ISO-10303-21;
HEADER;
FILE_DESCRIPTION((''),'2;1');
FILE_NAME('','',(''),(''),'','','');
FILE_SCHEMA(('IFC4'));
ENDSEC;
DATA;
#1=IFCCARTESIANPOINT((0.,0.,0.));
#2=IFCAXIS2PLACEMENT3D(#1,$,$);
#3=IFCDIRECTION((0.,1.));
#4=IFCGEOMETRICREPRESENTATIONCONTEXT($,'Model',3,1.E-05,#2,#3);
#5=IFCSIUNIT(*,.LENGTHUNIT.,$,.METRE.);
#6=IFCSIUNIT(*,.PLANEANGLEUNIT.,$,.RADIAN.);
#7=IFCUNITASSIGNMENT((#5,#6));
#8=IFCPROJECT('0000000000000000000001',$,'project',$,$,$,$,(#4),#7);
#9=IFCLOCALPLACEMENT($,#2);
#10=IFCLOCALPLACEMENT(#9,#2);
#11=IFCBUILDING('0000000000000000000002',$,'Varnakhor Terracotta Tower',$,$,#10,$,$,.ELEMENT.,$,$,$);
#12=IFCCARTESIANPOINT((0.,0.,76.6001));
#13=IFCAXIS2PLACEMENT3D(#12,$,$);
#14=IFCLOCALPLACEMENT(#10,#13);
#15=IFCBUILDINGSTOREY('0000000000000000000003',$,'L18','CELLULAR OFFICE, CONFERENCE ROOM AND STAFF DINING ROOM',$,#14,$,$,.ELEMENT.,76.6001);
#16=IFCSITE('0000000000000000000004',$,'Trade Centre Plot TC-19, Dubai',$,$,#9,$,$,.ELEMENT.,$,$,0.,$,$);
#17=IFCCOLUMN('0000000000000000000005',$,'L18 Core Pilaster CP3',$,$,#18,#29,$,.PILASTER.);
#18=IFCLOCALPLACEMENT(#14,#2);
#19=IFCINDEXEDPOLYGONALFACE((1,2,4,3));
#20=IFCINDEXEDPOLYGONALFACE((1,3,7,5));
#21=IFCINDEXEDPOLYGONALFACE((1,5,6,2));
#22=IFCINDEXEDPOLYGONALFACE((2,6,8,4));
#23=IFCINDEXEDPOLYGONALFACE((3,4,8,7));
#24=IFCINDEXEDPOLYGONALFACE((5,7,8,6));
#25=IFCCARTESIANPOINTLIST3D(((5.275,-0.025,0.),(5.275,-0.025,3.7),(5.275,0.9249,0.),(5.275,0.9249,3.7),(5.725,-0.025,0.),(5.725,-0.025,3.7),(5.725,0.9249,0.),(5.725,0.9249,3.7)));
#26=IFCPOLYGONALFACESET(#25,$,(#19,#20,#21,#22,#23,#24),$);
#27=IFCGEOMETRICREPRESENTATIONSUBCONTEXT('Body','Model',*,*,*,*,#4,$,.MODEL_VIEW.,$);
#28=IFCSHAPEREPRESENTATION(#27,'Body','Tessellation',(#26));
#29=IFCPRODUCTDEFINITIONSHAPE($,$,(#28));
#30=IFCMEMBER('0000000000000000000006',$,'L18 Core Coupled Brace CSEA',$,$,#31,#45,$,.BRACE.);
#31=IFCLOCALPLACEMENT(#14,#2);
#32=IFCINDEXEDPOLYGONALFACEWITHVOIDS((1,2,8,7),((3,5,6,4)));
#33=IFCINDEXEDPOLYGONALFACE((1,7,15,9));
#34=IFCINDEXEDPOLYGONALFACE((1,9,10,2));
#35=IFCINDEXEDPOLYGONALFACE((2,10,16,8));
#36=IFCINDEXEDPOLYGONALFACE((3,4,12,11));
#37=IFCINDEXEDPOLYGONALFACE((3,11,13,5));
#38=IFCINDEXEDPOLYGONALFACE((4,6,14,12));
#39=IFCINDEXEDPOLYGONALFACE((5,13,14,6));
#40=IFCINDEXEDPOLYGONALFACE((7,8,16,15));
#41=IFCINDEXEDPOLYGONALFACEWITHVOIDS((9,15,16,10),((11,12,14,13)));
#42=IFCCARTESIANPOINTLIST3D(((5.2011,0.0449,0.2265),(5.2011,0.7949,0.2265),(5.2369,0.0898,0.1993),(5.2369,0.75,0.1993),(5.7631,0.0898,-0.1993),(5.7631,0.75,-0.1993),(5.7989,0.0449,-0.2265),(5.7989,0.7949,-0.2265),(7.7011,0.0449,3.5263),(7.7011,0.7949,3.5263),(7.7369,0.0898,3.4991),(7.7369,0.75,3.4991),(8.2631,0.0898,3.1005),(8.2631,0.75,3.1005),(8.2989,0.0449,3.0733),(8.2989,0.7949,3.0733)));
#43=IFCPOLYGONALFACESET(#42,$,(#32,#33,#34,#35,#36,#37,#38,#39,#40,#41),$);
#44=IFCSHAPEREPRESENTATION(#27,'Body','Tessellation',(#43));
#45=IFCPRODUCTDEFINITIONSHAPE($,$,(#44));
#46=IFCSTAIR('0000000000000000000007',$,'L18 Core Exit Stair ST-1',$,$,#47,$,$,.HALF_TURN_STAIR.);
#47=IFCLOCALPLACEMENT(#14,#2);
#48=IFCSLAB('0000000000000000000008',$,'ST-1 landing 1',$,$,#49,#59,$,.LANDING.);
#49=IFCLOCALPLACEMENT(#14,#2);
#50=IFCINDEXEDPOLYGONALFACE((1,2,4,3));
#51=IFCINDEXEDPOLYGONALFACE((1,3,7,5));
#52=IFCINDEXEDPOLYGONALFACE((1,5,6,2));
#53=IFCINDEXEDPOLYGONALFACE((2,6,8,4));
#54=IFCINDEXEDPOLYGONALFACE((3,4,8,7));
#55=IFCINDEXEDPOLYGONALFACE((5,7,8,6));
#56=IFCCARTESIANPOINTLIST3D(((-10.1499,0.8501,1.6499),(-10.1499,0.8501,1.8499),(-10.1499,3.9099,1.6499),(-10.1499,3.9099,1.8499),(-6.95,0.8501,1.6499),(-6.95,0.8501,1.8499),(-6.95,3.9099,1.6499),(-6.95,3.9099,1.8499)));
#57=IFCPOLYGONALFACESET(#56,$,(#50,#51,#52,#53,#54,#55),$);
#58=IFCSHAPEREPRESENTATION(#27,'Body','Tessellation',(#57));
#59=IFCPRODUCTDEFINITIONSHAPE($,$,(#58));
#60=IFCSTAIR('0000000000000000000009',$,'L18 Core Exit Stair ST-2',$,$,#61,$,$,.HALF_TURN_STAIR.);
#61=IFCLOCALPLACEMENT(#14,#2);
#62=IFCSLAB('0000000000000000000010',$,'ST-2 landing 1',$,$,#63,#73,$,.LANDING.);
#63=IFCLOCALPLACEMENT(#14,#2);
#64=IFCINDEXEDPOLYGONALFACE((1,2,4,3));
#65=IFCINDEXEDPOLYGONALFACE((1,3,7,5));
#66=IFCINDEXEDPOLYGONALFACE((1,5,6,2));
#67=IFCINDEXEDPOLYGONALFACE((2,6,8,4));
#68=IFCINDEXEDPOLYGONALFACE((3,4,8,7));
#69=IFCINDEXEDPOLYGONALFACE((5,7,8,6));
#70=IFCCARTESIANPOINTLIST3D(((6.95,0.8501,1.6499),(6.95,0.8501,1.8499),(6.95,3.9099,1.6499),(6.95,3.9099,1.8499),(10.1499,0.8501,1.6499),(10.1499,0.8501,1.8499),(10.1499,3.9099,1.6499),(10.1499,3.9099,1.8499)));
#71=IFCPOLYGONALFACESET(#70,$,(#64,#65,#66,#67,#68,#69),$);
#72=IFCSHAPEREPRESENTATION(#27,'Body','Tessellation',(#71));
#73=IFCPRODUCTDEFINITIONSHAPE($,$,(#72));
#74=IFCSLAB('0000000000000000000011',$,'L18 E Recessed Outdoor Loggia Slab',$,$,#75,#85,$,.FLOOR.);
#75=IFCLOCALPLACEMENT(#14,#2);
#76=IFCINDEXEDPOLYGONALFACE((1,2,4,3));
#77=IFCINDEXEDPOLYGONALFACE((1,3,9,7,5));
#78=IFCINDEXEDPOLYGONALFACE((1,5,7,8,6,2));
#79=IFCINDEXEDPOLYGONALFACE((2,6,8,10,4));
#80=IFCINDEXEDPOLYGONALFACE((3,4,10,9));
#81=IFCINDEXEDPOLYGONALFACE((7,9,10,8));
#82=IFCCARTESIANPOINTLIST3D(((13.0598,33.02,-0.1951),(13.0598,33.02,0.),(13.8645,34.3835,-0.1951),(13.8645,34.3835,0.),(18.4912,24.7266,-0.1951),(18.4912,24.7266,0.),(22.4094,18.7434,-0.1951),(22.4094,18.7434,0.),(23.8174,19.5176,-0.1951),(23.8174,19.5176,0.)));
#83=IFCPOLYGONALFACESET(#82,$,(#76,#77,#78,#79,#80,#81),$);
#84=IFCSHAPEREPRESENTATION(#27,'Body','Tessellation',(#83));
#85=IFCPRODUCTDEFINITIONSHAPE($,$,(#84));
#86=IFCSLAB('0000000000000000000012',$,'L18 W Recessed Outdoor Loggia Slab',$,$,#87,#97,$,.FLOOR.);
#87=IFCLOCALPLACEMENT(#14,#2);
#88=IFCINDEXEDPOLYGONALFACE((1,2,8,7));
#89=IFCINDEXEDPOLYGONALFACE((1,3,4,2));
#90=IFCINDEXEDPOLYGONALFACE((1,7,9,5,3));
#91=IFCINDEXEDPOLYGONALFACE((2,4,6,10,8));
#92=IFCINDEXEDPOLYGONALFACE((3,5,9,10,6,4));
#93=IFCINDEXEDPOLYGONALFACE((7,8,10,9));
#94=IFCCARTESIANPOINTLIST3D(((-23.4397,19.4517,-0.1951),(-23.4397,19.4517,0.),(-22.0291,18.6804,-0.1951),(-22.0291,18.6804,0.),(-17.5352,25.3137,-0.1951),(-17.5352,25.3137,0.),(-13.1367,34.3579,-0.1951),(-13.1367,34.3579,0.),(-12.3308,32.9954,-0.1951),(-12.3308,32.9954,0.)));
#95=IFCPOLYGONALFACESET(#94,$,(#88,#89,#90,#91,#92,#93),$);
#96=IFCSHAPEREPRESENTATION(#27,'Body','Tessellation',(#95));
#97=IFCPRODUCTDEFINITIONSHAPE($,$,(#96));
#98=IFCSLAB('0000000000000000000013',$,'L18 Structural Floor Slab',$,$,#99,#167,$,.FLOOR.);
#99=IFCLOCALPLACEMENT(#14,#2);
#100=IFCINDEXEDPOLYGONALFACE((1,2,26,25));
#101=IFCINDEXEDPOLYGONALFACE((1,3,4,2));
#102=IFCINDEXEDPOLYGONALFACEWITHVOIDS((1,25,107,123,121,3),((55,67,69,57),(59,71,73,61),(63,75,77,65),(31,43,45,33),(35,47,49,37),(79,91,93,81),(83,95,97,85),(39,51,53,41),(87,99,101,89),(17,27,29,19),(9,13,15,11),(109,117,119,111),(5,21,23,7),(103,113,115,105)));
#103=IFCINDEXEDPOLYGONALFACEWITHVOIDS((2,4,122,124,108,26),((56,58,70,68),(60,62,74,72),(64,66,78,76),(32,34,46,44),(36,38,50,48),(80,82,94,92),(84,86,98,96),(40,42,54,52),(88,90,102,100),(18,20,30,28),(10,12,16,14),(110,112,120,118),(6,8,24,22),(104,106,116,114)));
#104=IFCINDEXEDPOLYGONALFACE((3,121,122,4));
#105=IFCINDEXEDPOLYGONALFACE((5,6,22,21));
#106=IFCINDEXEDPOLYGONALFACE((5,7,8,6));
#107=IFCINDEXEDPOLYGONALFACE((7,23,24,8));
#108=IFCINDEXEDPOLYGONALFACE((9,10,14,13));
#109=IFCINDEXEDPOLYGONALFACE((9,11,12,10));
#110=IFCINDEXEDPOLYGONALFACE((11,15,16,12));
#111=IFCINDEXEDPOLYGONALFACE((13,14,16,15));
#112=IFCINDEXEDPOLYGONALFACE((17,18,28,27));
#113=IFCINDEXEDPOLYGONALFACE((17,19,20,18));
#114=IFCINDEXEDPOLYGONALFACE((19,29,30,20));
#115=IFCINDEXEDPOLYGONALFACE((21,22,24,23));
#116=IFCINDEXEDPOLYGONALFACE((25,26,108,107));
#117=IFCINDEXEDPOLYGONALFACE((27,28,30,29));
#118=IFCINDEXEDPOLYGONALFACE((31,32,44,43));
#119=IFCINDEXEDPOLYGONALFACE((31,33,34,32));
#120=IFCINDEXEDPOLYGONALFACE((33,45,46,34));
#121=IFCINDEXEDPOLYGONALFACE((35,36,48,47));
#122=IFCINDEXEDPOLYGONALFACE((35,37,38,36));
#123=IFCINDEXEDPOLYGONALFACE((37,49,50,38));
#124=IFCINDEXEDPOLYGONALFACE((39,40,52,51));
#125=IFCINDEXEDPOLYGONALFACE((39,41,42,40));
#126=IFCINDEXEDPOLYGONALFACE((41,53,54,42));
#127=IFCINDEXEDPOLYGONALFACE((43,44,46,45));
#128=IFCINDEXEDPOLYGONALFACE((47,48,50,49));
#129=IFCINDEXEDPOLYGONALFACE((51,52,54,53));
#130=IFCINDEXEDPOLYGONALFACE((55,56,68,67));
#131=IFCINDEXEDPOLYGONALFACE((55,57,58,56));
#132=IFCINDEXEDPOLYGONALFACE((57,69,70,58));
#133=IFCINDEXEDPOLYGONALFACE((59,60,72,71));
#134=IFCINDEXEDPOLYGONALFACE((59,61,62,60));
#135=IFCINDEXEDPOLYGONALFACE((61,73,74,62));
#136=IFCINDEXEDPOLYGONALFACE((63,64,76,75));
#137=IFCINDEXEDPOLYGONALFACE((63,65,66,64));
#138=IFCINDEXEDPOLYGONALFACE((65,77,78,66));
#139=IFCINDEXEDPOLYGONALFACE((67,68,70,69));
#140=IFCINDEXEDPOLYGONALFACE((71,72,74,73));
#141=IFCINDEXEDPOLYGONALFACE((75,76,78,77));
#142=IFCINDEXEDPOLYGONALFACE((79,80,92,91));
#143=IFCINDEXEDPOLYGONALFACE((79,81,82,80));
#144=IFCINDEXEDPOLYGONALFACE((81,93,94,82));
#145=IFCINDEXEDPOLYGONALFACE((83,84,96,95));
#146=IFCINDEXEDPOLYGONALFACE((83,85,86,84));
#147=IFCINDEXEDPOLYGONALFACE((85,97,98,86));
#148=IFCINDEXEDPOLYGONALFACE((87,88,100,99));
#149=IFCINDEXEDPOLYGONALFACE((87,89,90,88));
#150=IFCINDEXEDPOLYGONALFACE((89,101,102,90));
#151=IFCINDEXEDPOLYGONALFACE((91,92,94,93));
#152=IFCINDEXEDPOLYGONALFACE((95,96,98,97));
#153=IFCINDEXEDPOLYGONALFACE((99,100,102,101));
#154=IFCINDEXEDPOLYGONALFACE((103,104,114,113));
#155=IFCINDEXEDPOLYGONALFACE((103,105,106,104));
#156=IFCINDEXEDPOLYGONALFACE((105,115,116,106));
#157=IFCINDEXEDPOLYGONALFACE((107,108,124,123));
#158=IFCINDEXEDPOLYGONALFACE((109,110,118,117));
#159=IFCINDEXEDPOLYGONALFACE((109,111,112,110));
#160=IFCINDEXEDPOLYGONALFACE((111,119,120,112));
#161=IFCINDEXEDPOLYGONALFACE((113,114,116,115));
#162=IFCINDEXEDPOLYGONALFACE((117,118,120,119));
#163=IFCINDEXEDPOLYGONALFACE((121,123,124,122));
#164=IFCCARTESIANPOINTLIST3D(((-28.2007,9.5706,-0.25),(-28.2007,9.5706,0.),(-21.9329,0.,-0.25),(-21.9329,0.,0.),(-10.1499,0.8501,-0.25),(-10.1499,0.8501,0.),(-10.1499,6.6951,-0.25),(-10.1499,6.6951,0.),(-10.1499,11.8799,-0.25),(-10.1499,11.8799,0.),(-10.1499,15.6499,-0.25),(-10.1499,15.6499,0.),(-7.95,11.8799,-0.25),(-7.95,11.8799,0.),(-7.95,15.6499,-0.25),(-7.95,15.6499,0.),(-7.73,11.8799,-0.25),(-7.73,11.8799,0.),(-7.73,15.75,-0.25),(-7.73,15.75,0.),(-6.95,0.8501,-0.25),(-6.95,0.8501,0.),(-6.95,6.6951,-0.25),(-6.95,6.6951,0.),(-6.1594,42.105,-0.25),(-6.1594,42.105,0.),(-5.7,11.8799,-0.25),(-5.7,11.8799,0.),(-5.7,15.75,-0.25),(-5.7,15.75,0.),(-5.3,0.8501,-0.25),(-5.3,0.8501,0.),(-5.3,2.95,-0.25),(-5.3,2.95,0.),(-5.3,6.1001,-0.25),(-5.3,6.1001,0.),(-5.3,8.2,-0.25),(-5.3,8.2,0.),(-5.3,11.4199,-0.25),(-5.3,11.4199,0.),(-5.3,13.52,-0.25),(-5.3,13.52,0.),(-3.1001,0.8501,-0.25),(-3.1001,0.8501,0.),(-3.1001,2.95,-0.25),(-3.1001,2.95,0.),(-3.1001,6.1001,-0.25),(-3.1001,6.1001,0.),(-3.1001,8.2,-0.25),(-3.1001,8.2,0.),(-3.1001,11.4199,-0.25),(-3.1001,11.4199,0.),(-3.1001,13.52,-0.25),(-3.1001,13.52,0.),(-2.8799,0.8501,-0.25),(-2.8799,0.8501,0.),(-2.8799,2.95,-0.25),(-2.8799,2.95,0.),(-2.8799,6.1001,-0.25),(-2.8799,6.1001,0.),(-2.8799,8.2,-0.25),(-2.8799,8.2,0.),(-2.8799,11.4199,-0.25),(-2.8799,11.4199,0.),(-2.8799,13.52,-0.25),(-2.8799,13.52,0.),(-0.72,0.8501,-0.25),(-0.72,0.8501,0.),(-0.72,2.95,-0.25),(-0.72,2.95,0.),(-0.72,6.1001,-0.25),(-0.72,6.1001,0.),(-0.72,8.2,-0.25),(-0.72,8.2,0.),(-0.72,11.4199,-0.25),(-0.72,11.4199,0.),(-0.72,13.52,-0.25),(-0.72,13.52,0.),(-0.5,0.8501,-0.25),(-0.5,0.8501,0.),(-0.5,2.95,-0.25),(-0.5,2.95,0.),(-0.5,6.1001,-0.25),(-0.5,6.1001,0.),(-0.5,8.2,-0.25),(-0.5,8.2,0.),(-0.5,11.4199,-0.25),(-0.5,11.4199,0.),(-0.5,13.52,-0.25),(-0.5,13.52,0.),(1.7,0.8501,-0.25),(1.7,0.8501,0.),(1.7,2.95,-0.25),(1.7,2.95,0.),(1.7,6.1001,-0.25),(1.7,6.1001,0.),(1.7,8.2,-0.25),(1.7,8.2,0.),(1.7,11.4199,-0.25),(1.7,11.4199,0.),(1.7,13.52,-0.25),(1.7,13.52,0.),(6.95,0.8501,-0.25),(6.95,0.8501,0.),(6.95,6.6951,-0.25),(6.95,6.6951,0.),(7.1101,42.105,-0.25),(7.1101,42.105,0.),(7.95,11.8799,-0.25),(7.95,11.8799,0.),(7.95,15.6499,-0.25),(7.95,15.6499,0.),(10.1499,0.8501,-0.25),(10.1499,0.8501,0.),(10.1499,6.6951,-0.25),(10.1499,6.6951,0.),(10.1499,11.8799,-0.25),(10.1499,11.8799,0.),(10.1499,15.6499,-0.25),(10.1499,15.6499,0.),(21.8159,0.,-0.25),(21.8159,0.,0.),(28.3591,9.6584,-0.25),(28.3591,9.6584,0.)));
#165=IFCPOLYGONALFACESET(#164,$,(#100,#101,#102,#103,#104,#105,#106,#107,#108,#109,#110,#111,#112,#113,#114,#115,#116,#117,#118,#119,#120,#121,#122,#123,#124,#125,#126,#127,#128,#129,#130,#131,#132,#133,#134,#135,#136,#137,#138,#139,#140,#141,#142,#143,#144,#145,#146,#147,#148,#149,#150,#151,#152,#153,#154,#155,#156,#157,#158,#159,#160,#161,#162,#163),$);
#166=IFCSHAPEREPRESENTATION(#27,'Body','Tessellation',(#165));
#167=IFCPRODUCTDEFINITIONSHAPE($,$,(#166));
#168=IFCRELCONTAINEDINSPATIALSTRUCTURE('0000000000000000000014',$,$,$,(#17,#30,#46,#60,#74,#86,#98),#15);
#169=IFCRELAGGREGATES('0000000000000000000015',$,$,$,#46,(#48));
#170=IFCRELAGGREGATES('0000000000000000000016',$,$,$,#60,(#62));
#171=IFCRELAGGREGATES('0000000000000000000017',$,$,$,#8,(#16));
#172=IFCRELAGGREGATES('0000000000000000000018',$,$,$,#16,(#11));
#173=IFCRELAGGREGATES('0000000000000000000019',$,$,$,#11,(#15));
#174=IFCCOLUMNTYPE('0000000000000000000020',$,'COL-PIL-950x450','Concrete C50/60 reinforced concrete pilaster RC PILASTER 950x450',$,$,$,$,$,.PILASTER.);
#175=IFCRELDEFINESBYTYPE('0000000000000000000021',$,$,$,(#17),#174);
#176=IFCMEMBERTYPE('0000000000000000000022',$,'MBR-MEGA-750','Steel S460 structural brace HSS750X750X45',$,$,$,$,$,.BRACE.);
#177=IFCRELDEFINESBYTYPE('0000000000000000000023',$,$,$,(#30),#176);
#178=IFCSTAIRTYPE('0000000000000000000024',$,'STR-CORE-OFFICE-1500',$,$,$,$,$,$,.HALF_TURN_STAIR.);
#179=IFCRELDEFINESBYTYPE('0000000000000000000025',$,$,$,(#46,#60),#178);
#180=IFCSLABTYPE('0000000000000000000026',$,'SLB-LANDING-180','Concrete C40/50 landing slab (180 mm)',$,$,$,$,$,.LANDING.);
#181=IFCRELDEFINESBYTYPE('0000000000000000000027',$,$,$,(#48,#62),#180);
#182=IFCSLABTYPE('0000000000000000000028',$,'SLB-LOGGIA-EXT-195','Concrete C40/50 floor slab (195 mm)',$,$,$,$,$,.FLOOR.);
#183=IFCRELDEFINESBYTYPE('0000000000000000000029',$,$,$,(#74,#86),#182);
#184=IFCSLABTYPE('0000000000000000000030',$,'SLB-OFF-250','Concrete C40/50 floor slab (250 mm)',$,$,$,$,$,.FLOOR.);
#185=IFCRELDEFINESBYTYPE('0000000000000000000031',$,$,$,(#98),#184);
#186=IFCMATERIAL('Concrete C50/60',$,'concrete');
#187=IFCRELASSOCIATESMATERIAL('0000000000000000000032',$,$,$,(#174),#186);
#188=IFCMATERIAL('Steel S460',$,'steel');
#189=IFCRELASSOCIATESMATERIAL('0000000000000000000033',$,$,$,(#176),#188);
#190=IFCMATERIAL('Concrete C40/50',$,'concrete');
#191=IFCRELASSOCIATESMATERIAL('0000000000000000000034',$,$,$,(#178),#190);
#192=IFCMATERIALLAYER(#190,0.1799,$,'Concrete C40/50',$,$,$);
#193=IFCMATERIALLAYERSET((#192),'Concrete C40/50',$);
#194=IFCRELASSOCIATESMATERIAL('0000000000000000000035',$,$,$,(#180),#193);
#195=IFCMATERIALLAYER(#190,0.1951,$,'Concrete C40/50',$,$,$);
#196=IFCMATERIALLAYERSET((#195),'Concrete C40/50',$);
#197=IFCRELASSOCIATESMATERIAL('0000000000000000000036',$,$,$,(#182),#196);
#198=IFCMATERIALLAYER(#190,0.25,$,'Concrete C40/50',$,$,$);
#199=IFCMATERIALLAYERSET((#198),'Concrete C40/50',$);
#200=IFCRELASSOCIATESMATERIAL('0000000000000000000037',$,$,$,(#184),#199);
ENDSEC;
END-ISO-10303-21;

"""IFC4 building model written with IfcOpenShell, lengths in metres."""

from ifc_helpers import new_model, si_unit, direction, frame, origin, origin_2d, place, context, subcontext, project, spatial, polyline, rectangle, hollow_rectangle, outline, extrude, source, transform, mapped, material, layer, layer_set, material_profile, profile_set, type_object, element, aggregate, save


model = new_model("IFC4")

# Units and contexts
model_context = context("Model", 3, precision=1e-05, world=origin(), true_north=direction((0.0, 1.0)))
body_context = subcontext(model_context, "Body", "Model", "MODEL_VIEW")
ifc_project = project(units=[si_unit("LENGTHUNIT", "METRE"), si_unit("PLANEANGLEUNIT", "RADIAN")], contexts=[model_context])

# Site, building, storey
site_placement = place(None, origin())
site = spatial("IfcSite", under=ifc_project, at=site_placement, Name="Trade Centre Plot TC-19, Dubai", CompositionType="ELEMENT", RefElevation=0.0)
building_placement = place(site_placement, origin())
building = spatial("IfcBuilding", under=site, at=building_placement, Name="Varnakhor Terracotta Tower", CompositionType="ELEMENT")
storey_placement = place(building_placement, frame((0.0, 0.0, 76.6001)))
storey = spatial("IfcBuildingStorey", under=building, at=storey_placement, Name="L18", Description="CELLULAR OFFICE, CONFERENCE ROOM AND STAFF DINING ROOM", CompositionType="ELEMENT", Elevation=76.6001)

# Column
ifc_material_1 = material(Name="Concrete C50/60", Category="concrete")
ifc_material_profile_1 = material_profile(ifc_material_1, rectangle(XDim=0.45, YDim=0.95, at=origin_2d()), Name="RC PILASTER 950x450")
ifc_profile_set_1 = profile_set([ifc_material_profile_1], Name="Concrete C50/60")
column_type = type_object("IfcColumnType", Name="COL-PIL-950x450", Description="Concrete C50/60 reinforced concrete pilaster RC PILASTER 950x450", PredefinedType="PILASTER", material=ifc_profile_set_1)
shared_shape_1 = source(origin(), body_context, "Body", "SweptSolid", [
    extrude(rectangle(XDim=0.45, YDim=0.95, at=origin_2d()), origin(), (0.0, 0.0, 1.0), 3.7),
])
column_placement = place(storey_placement, frame((5.5, 0.45, 0.0), z_axis=(0.0, 0.0, 1.0), x_axis=(1.0, 0.0, 0.0)))
element("IfcColumn", 1, at=column_placement, inside=storey, type_object=column_type, Name="L18 Core Pilaster CP3", PredefinedType="PILASTER", context=body_context, shape_type="MappedRepresentation", body=[
    mapped(shared_shape_1, transform((0.0, 0.0, 0.0), scale=1.0)),
])

# Member
ifc_material_2 = material(Name="Steel S460", Category="steel")
ifc_material_profile_2 = material_profile(ifc_material_2, hollow_rectangle(XDim=0.75, YDim=0.75, WallThickness=0.0449, at=origin_2d()), Name="HSS750X750X45")
ifc_profile_set_2 = profile_set([ifc_material_profile_2], Name="Steel S460")
member_type = type_object("IfcMemberType", Name="MBR-MEGA-750", Description="Steel S460 structural brace HSS750X750X45", PredefinedType="BRACE", material=ifc_profile_set_2)
shared_shape_2 = source(origin(), body_context, "Body", "SweptSolid", [
    extrude(hollow_rectangle(XDim=0.75, YDim=0.75, WallThickness=0.0449, at=origin_2d()), origin(), (0.0, 0.0, 1.0), 4.1399),
])
member_placement = place(storey_placement, frame((5.5, 0.4199, 0.0), z_axis=(0.60388, 0.0, 0.797075), x_axis=(0.0, 1.0, 0.0)))
element("IfcMember", 2, at=member_placement, inside=storey, type_object=member_type, Name="L18 Core Coupled Brace CSEA", PredefinedType="BRACE", context=body_context, shape_type="MappedRepresentation", body=[
    mapped(shared_shape_2, transform((0.0, 0.0, 0.0), scale=1.0)),
])

# Stairs, slabs
ifc_material_3 = material(Name="Concrete C40/50", Category="concrete")
stair_type = type_object("IfcStairType", Name="STR-CORE-OFFICE-1500", PredefinedType="HALF_TURN_STAIR", material=ifc_material_3)
stair_1_placement = place(storey_placement, origin())
stair_1 = element("IfcStair", 3, at=stair_1_placement, inside=storey, type_object=stair_type, Name="L18 Core Exit Stair ST-1", PredefinedType="HALF_TURN_STAIR")
ifc_layer_1 = layer(ifc_material_3, 0.1799, Name="Concrete C40/50")
ifc_layer_set_1 = layer_set([ifc_layer_1], Name="Concrete C40/50")
slab_type_1 = type_object("IfcSlabType", Name="SLB-LANDING-180", Description="Concrete C40/50 landing slab (180 mm)", PredefinedType="LANDING", material=ifc_layer_set_1)
slab_1_placement = place(storey_placement, frame((0.0, 0.0, 1.6499)))
slab_1 = element("IfcSlab", 4, at=slab_1_placement, type_object=slab_type_1, Name="ST-1 landing 1", PredefinedType="LANDING", context=body_context, shape_type="SweptSolid", body=[
    extrude(outline(polyline([(-10.1499, 3.9099), (-10.1499, 0.8501), (-6.95, 0.8501), (-6.95, 3.9099), (-10.1499, 3.9099)])), origin(), (0.0, 0.0, 1.0), 0.2),
])
aggregate(stair_1, [slab_1])
stair_2_placement = place(storey_placement, origin())
stair_2 = element("IfcStair", 5, at=stair_2_placement, inside=storey, type_object=stair_type, Name="L18 Core Exit Stair ST-2", PredefinedType="HALF_TURN_STAIR")
slab_2_placement = place(storey_placement, frame((0.0, 0.0, 1.6499)))
slab_2 = element("IfcSlab", 6, at=slab_2_placement, type_object=slab_type_1, Name="ST-2 landing 1", PredefinedType="LANDING", context=body_context, shape_type="SweptSolid", body=[
    extrude(outline(polyline([(6.95, 3.9099), (6.95, 0.8501), (10.1499, 0.8501), (10.1499, 3.9099), (6.95, 3.9099)])), origin(), (0.0, 0.0, 1.0), 0.2),
])
aggregate(stair_2, [slab_2])

# Slabs
ifc_layer_2 = layer(ifc_material_3, 0.1951, Name="Concrete C40/50")
ifc_layer_set_2 = layer_set([ifc_layer_2], Name="Concrete C40/50")
slab_type_2 = type_object("IfcSlabType", Name="SLB-LOGGIA-EXT-195", Description="Concrete C40/50 floor slab (195 mm)", PredefinedType="FLOOR", material=ifc_layer_set_2)
slab_3_placement = place(storey_placement, frame((0.0, 0.0, -0.1951)))
element("IfcSlab", 7, at=slab_3_placement, inside=storey, type_object=slab_type_2, Name="L18 E Recessed Outdoor Loggia Slab", PredefinedType="FLOOR", context=body_context, shape_type="SweptSolid", body=[
    extrude(outline(polyline([(13.8645, 34.3835), (23.8174, 19.5176), (22.4094, 18.7434), (18.4912, 24.7266), (13.0598, 33.02), (13.8645, 34.3835)])), origin(), (0.0, 0.0, 1.0), 0.1951),
])
slab_4_placement = place(storey_placement, frame((0.0, 0.0, -0.1951)))
element("IfcSlab", 8, at=slab_4_placement, inside=storey, type_object=slab_type_2, Name="L18 W Recessed Outdoor Loggia Slab", PredefinedType="FLOOR", context=body_context, shape_type="SweptSolid", body=[
    extrude(outline(polyline([(-23.4397, 19.4517), (-13.1367, 34.3579), (-12.3308, 32.9954), (-17.5352, 25.3137), (-22.0291, 18.6804), (-23.4397, 19.4517)])), origin(), (0.0, 0.0, 1.0), 0.1951),
])
ifc_layer_3 = layer(ifc_material_3, 0.25, Name="Concrete C40/50")
ifc_layer_set_3 = layer_set([ifc_layer_3], Name="Concrete C40/50")
slab_type_3 = type_object("IfcSlabType", Name="SLB-OFF-250", Description="Concrete C40/50 floor slab (250 mm)", PredefinedType="FLOOR", material=ifc_layer_set_3)
slab_5_placement = place(storey_placement, frame((0.0, 0.0, -0.25)))
element("IfcSlab", 9, at=slab_5_placement, inside=storey, type_object=slab_type_3, Name="L18 Structural Floor Slab", PredefinedType="FLOOR", context=body_context, shape_type="SweptSolid", body=[
    extrude(outline(polyline([(-28.2007, 9.5706), (-6.1594, 42.105), (7.1101, 42.105), (28.3591, 9.6584), (21.8159, 0.0), (-21.9329, 0.0), (-28.2007, 9.5706)]), holes=[polyline([(-3.1001, 0.8501), (-3.1001, 2.95), (-5.3, 2.95), (-5.3, 0.8501), (-3.1001, 0.8501)]), polyline([(-2.8799, 0.8501), (-0.72, 0.8501), (-0.72, 2.95), (-2.8799, 2.95), (-2.8799, 0.8501)]), polyline([(-10.1499, 0.8501), (-6.95, 0.8501), (-6.95, 6.6951), (-10.1499, 6.6951), (-10.1499, 0.8501)]), polyline([(-5.3, 6.1001), (-3.1001, 6.1001), (-3.1001, 8.2), (-5.3, 8.2), (-5.3, 6.1001)]), polyline([(-5.3, 11.4199), (-3.1001, 11.4199), (-3.1001, 13.52), (-5.3, 13.52), (-5.3, 11.4199)]), polyline([(-10.1499, 11.8799), (-7.95, 11.8799), (-7.95, 15.6499), (-10.1499, 15.6499), (-10.1499, 11.8799)]), polyline([(-7.73, 11.8799), (-5.7, 11.8799), (-5.7, 15.75), (-7.73, 15.75), (-7.73, 11.8799)]), polyline([(1.7, 0.8501), (1.7, 2.95), (-0.5, 2.95), (-0.5, 0.8501), (1.7, 0.8501)]), polyline([(6.95, 0.8501), (10.1499, 0.8501), (10.1499, 6.6951), (6.95, 6.6951), (6.95, 0.8501)]), polyline([(-2.8799, 6.1001), (-0.72, 6.1001), (-0.72, 8.2), (-2.8799, 8.2), (-2.8799, 6.1001)]), polyline([(-0.5, 6.1001), (1.7, 6.1001), (1.7, 8.2), (-0.5, 8.2), (-0.5, 6.1001)]), polyline([(-2.8799, 11.4199), (-0.72, 11.4199), (-0.72, 13.52), (-2.8799, 13.52), (-2.8799, 11.4199)]), polyline([(-0.5, 11.4199), (1.7, 11.4199), (1.7, 13.52), (-0.5, 13.52), (-0.5, 11.4199)]), polyline([(7.95, 11.8799), (10.1499, 11.8799), (10.1499, 15.6499), (7.95, 15.6499), (7.95, 11.8799)])]), origin(), (0.0, 0.0, 1.0), 0.25),
])

save(model, "model.ifc")
